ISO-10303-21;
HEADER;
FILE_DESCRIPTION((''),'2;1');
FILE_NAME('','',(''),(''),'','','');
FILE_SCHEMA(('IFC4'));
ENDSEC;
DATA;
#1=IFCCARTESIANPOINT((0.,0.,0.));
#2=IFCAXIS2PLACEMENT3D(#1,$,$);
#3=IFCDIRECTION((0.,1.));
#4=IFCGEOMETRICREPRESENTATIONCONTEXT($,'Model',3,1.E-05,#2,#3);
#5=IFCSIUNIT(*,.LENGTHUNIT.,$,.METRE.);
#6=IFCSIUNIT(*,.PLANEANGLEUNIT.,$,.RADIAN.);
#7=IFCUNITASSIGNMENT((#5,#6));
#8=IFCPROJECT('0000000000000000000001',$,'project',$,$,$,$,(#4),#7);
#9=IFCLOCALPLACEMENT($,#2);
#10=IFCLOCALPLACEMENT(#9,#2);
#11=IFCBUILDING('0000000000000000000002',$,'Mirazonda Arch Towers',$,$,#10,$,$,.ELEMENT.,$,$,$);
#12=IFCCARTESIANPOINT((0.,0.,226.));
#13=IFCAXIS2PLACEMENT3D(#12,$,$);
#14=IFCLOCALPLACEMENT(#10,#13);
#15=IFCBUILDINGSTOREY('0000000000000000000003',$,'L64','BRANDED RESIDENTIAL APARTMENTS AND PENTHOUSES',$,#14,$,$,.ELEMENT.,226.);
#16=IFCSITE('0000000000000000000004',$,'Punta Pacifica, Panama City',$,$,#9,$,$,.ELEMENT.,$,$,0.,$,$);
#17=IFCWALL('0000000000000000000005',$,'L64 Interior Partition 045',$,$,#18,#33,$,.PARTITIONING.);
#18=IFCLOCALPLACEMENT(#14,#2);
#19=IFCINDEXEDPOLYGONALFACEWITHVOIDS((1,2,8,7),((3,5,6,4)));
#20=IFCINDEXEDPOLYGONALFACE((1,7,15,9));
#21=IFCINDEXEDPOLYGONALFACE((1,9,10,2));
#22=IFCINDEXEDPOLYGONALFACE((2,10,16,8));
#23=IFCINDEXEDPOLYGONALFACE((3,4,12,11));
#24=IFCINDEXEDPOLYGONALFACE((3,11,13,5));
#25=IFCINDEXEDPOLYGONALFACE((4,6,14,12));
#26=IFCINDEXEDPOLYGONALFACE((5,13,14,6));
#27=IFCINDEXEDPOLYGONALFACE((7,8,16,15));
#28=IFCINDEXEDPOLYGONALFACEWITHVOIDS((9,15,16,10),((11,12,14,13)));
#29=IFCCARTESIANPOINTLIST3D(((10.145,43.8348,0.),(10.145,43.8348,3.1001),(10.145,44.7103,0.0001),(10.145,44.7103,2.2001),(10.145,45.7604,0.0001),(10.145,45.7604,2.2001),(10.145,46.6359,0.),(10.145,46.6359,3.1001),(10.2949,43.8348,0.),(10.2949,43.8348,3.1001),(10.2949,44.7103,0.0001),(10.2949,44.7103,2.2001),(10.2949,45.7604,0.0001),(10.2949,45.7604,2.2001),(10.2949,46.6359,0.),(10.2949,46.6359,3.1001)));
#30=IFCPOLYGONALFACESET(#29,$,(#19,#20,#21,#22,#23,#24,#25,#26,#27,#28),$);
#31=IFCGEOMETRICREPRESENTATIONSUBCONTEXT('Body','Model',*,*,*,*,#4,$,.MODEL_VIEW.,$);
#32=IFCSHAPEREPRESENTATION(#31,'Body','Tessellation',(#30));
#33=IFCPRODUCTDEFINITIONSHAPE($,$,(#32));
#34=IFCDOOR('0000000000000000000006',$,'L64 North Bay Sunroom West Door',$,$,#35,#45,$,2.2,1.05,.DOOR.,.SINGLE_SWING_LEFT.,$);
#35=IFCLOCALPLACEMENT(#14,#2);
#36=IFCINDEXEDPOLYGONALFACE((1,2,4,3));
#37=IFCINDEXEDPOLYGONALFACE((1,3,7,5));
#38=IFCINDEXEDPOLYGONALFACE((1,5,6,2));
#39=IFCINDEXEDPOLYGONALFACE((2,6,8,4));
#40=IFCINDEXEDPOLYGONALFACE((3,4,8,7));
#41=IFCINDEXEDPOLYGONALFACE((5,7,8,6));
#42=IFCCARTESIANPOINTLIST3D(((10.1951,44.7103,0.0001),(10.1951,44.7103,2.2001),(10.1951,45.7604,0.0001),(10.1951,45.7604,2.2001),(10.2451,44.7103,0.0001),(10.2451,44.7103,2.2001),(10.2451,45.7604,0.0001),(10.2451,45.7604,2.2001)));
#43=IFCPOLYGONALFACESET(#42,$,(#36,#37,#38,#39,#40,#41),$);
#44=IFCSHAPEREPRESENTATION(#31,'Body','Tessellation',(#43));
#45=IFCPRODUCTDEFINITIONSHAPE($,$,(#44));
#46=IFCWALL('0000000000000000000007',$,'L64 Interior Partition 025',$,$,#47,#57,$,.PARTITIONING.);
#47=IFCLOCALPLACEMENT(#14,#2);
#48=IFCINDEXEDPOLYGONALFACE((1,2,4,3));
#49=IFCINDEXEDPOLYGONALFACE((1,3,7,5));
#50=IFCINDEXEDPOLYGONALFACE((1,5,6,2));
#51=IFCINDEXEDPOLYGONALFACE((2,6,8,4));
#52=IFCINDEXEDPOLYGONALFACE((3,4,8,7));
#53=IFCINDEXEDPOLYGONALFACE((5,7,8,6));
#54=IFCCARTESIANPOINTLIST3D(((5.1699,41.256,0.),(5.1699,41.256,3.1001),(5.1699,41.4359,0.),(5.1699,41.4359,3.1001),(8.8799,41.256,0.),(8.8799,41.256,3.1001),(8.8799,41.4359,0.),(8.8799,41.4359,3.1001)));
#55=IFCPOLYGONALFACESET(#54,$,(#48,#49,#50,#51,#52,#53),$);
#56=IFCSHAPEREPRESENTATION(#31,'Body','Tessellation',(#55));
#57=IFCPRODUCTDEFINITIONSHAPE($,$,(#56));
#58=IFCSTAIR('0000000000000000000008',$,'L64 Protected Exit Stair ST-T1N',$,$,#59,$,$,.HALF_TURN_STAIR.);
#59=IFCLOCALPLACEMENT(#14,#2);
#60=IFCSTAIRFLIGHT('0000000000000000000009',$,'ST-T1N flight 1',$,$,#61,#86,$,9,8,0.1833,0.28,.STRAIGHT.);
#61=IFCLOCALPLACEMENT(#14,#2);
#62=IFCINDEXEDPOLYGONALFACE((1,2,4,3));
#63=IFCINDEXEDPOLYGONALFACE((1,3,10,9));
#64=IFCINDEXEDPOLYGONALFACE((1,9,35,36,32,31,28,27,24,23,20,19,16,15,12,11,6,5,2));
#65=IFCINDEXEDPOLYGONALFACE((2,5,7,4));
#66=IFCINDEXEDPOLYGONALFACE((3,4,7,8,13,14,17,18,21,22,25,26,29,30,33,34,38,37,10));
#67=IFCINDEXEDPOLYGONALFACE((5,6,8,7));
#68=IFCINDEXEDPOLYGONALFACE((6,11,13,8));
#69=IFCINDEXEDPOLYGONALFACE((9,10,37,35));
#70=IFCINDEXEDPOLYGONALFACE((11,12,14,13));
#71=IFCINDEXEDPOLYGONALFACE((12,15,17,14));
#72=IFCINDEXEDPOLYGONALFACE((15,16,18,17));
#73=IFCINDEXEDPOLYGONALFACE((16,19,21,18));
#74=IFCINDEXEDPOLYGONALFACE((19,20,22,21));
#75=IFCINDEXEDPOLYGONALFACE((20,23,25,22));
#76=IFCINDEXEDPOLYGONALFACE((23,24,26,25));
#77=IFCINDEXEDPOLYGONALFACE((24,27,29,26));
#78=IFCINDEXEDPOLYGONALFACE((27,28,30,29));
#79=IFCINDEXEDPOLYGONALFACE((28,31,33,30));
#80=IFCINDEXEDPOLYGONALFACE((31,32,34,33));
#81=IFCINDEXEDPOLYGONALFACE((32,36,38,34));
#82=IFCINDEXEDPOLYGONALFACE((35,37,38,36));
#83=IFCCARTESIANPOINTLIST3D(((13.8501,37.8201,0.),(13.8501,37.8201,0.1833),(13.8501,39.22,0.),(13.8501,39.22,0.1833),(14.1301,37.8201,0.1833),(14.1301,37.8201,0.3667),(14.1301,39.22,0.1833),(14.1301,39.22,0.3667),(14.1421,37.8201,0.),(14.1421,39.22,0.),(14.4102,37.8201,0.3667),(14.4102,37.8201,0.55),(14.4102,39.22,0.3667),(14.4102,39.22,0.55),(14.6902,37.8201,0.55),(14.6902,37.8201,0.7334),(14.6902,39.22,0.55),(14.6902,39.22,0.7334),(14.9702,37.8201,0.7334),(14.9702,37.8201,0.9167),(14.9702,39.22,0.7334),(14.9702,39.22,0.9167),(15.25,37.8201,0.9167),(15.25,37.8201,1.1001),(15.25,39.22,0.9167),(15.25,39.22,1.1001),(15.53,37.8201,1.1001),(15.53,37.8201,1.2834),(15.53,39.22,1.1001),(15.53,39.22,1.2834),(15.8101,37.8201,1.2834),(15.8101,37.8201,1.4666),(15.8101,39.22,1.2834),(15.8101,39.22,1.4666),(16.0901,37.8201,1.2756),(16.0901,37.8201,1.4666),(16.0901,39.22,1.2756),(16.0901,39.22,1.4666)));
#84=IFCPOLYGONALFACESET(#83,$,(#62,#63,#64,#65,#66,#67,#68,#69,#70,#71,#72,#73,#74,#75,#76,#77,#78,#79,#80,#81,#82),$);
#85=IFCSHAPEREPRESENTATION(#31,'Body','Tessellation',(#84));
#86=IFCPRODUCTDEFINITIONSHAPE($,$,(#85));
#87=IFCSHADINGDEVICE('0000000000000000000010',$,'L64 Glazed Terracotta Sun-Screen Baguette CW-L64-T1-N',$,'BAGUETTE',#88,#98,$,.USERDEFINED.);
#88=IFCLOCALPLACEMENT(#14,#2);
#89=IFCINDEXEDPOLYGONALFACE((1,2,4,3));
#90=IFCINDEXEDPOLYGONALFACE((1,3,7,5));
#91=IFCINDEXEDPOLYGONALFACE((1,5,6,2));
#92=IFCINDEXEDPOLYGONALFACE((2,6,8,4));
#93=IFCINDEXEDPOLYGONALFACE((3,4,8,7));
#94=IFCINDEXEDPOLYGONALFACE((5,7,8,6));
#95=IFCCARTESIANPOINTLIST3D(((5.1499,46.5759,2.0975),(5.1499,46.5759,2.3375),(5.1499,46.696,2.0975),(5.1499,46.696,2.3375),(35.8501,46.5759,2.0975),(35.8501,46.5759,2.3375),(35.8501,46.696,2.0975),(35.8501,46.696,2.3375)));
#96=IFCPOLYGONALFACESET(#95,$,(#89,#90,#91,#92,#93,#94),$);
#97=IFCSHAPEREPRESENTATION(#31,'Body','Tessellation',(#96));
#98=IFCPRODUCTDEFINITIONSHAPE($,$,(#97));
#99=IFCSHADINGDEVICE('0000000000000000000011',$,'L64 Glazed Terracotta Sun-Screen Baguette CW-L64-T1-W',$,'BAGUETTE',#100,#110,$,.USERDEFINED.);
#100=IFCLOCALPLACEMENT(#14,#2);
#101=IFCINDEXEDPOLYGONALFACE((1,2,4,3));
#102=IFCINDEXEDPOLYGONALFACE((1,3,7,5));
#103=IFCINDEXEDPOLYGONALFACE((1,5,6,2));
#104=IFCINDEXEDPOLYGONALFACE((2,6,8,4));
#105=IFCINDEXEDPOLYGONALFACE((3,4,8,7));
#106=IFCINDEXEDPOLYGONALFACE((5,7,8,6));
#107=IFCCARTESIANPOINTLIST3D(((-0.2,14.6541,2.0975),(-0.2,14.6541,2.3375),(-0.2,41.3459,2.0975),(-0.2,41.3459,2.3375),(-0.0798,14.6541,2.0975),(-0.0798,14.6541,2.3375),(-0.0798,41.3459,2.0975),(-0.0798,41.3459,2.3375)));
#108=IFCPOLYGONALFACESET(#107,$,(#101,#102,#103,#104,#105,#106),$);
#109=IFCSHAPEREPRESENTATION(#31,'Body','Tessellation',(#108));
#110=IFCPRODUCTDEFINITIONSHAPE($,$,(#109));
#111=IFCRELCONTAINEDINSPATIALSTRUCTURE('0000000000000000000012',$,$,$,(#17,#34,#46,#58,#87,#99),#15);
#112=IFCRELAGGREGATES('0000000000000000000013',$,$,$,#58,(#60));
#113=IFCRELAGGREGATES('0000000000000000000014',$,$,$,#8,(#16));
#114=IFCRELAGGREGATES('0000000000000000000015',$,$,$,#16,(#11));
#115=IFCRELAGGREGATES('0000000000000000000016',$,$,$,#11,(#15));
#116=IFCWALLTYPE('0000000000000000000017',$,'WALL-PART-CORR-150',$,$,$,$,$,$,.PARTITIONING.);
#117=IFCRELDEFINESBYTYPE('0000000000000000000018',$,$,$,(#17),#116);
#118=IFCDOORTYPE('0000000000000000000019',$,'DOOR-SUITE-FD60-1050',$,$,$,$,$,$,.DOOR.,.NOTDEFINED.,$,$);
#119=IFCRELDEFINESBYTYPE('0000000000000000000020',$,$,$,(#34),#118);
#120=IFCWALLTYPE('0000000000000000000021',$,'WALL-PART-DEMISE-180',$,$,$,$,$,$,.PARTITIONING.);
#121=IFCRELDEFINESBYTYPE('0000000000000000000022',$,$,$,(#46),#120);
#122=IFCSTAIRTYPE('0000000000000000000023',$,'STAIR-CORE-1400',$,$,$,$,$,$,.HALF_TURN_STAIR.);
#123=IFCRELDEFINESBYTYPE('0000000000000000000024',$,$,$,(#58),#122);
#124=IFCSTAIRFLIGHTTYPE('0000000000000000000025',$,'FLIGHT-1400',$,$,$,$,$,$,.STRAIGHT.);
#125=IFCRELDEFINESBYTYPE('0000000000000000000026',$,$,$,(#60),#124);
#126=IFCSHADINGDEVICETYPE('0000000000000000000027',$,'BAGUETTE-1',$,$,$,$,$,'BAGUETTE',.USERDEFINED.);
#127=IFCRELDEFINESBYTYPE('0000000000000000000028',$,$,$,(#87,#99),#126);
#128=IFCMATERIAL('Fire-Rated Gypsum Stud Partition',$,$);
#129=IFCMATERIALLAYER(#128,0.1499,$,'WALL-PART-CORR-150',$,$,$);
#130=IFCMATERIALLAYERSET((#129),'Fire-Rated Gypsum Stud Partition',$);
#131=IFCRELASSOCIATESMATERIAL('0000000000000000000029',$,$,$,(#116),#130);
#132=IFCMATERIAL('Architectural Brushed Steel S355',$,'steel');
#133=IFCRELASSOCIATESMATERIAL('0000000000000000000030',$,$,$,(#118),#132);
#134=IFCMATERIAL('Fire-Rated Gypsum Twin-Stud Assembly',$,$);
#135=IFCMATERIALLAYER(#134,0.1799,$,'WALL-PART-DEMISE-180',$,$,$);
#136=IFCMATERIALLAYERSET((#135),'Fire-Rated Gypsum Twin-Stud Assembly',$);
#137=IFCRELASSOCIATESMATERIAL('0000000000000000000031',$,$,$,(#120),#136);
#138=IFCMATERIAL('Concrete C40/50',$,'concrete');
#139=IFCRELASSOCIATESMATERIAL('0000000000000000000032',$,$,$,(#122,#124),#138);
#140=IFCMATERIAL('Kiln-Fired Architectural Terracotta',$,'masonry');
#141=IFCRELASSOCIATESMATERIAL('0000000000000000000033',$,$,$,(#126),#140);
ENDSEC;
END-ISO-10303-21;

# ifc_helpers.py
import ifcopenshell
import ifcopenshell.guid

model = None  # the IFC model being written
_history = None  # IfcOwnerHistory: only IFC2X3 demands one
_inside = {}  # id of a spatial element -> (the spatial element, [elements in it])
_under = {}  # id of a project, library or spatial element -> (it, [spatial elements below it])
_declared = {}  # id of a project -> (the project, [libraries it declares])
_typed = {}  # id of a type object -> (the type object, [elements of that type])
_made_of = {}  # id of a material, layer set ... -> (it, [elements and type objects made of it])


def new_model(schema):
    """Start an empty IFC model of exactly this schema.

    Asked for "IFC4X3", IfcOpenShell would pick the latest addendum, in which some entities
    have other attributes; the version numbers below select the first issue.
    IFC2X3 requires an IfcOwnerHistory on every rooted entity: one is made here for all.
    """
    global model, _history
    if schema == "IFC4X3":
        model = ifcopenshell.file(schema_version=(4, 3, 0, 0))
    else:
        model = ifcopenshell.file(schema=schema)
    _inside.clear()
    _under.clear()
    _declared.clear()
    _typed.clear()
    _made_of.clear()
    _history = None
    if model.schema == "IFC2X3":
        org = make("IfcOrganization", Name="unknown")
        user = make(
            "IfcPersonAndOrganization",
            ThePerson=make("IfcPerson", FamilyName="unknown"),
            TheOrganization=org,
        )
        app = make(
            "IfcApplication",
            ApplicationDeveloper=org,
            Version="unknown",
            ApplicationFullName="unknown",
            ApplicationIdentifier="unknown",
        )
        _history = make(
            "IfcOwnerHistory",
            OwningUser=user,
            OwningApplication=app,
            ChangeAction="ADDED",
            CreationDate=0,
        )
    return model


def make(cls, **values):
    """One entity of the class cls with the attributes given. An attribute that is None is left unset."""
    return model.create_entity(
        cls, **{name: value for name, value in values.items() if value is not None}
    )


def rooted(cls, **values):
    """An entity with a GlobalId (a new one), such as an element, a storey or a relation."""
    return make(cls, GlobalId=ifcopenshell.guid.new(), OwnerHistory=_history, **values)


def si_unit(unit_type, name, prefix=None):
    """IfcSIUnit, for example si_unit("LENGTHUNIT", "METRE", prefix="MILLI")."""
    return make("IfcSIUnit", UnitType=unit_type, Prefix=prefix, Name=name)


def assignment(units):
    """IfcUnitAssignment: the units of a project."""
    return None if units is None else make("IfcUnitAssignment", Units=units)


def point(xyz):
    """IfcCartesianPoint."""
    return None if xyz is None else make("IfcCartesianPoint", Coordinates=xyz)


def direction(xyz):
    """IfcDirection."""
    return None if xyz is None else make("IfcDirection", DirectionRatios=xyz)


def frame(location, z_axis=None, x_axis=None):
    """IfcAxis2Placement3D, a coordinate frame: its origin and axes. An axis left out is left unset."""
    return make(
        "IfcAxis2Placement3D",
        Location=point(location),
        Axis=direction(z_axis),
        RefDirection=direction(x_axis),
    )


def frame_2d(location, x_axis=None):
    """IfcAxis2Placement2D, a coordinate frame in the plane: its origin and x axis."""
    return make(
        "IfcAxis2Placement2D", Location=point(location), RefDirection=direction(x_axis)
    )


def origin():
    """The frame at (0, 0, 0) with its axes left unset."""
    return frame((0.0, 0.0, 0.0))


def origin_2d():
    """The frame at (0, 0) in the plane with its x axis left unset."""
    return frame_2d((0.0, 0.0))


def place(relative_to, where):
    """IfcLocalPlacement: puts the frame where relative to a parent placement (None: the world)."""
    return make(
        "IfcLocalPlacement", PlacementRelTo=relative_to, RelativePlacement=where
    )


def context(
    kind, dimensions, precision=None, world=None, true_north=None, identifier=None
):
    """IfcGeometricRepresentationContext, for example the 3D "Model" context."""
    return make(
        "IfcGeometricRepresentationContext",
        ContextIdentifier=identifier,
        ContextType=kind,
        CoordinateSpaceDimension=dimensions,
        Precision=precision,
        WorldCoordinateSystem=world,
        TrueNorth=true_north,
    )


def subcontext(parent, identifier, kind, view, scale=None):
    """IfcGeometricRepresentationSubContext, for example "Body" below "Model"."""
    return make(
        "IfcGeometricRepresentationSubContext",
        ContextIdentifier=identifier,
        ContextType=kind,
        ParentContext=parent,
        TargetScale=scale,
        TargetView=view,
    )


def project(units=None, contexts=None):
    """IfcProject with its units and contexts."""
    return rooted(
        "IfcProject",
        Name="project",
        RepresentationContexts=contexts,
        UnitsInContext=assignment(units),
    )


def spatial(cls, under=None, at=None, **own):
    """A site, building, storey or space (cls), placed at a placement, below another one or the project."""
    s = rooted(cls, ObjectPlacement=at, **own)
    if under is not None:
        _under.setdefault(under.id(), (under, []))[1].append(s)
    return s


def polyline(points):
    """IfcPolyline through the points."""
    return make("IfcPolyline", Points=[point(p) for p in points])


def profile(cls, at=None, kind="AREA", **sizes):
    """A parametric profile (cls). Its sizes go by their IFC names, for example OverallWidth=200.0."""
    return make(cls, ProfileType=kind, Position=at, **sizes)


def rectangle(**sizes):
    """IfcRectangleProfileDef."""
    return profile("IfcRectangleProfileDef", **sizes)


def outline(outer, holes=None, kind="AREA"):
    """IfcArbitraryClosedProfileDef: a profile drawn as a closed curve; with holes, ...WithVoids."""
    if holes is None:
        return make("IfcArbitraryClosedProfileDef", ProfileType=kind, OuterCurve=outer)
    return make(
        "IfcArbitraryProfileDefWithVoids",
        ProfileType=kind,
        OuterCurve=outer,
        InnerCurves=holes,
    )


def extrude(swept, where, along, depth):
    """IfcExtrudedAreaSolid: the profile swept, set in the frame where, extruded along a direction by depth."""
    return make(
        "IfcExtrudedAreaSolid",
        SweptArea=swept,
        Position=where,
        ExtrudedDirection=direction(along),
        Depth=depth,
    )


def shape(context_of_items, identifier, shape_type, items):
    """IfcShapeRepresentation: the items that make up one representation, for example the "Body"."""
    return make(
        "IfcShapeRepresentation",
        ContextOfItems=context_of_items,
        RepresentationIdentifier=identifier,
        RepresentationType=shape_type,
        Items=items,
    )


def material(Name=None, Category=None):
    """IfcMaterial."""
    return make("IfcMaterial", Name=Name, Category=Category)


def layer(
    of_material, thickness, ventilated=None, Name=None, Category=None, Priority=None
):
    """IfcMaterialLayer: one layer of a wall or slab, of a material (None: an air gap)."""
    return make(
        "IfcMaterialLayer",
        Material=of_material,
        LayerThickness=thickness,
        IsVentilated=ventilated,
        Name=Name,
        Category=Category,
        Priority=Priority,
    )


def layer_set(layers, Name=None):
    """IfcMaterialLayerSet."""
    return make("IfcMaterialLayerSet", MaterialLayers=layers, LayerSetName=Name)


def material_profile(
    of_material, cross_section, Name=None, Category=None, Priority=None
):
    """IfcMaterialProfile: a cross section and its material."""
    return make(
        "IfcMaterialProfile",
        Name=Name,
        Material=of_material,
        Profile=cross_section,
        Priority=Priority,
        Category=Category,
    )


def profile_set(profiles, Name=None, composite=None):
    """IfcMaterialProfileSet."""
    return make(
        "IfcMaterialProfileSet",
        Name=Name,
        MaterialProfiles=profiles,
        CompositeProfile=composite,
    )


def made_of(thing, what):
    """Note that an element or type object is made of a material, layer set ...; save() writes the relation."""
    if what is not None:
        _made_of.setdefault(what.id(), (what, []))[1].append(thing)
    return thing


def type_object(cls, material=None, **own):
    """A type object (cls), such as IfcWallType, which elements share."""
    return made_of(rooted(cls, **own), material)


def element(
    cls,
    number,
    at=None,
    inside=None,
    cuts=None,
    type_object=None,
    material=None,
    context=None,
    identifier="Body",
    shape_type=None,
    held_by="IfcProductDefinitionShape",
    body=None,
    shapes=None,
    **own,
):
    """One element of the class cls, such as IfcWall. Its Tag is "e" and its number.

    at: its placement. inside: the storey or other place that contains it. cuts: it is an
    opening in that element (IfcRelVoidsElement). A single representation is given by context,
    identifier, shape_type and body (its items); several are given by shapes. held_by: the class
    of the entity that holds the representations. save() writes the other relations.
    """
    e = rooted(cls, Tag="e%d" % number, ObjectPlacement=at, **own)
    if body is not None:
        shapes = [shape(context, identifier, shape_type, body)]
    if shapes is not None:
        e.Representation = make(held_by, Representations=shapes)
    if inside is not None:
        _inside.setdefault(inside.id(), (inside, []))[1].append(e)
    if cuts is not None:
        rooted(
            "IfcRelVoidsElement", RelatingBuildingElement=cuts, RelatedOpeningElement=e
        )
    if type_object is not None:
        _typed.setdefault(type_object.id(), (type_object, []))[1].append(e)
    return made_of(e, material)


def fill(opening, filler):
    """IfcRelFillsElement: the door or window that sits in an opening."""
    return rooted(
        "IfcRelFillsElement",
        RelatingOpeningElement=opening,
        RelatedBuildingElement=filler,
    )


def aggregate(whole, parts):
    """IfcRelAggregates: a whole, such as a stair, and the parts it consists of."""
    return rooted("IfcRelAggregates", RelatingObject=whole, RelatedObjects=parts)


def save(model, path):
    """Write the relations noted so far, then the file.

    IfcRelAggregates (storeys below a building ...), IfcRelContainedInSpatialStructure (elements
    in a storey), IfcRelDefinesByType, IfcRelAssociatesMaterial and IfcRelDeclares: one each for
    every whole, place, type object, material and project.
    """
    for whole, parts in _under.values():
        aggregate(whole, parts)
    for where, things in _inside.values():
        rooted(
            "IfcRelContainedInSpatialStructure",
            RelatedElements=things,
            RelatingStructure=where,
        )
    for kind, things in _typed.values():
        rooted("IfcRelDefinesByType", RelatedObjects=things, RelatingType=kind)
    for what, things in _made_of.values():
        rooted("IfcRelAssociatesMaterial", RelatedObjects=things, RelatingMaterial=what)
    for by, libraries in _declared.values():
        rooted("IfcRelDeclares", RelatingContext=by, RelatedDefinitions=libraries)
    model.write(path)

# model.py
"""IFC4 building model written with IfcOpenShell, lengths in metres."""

from ifc_helpers import new_model, si_unit, direction, frame, frame_2d, origin, origin_2d, place, context, subcontext, project, spatial, polyline, rectangle, outline, extrude, material, layer, layer_set, material_profile, profile_set, type_object, element, fill, aggregate, save


model = new_model("IFC4")

# Units and contexts
model_context = context("Model", 3, precision=1e-05, world=origin(), true_north=direction((0.0, 1.0)))
body_context = subcontext(model_context, "Body", "Model", "MODEL_VIEW")
ifc_project = project(units=[si_unit("LENGTHUNIT", "METRE"), si_unit("PLANEANGLEUNIT", "RADIAN")], contexts=[model_context])

# Site, building, storey
site_placement = place(None, origin())
site = spatial("IfcSite", under=ifc_project, at=site_placement, Name="Punta Pacifica, Panama City", CompositionType="ELEMENT", RefElevation=0.0)
building_placement = place(site_placement, origin())
building = spatial("IfcBuilding", under=site, at=building_placement, Name="Mirazonda Arch Towers", CompositionType="ELEMENT")
storey_placement = place(building_placement, frame((0.0, 0.0, 226.0)))
storey = spatial("IfcBuildingStorey", under=building, at=storey_placement, Name="L64", Description="BRANDED RESIDENTIAL APARTMENTS AND PENTHOUSES", CompositionType="ELEMENT", Elevation=226.0)

# Shared definitions
ifc_material_1 = material(Name="Fire-Rated Gypsum Stud Partition")
ifc_layer_1 = layer(ifc_material_1, 0.1499, Name="WALL-PART-CORR-150")
ifc_layer_set_1 = layer_set([ifc_layer_1], Name="Fire-Rated Gypsum Stud Partition")
wall_type_1 = type_object("IfcWallType", Name="WALL-PART-CORR-150", PredefinedType="PARTITIONING", material=ifc_layer_set_1)

# Wall, opening, door
wall_1_placement = place(storey_placement, frame((10.22, 43.835, 0.0), z_axis=(0.0, 0.0, 1.0), x_axis=(0.0, 1.0, 0.0)))
wall_1 = element("IfcWall", 1, at=wall_1_placement, inside=storey, type_object=wall_type_1, Name="L64 Interior Partition 045", PredefinedType="PARTITIONING", context=body_context, shape_type="SweptSolid", body=[
    extrude(rectangle(XDim=2.801, YDim=0.1499, at=frame_2d((1.4004, 0.0))), origin(), (0.0, 0.0, 1.0), 3.1001),
])
opening_1_placement = place(wall_1_placement, frame((0.8755, 0.0, 0.0)))
opening_1 = element("IfcOpeningElement", 2, at=opening_1_placement, cuts=wall_1, PredefinedType="OPENING", context=body_context, shape_type="SweptSolid", body=[
    extrude(rectangle(XDim=1.05, YDim=2.2, at=frame_2d((0.5249, 1.1001))), frame((0.0, 0.085, 0.0), z_axis=(0.0, -1.0, 0.0), x_axis=(1.0, 0.0, 0.0)), (0.0, 0.0, 1.0), 0.1699),
])
ifc_material_2 = material(Name="Architectural Brushed Steel S355", Category="steel")
door_type_1 = type_object("IfcDoorType", Name="DOOR-SUITE-FD60-1050", OperationType="NOTDEFINED", PredefinedType="DOOR", material=ifc_material_2)
door_1_placement = place(opening_1_placement, origin())
door_1 = element("IfcDoor", 3, at=door_1_placement, inside=storey, type_object=door_type_1, Name="L64 North Bay Sunroom West Door", OperationType="SINGLE_SWING_LEFT", OverallHeight=2.2, OverallWidth=1.05, PredefinedType="DOOR", context=body_context, shape_type="SweptSolid", body=[
    extrude(rectangle(XDim=1.05, YDim=2.2, at=frame_2d((0.5249, 1.1001))), frame((0.0, 0.0249, 0.0), z_axis=(0.0, -1.0, 0.0), x_axis=(1.0, 0.0, 0.0)), (0.0, 0.0, 1.0), 0.05),
])
fill(opening_1, door_1)

# Wall
ifc_material_3 = material(Name="Fire-Rated Gypsum Twin-Stud Assembly")
ifc_layer_2 = layer(ifc_material_3, 0.1799, Name="WALL-PART-DEMISE-180")
ifc_layer_set_2 = layer_set([ifc_layer_2], Name="Fire-Rated Gypsum Twin-Stud Assembly")
wall_type_2 = type_object("IfcWallType", Name="WALL-PART-DEMISE-180", PredefinedType="PARTITIONING", material=ifc_layer_set_2)
wall_2_placement = place(storey_placement, frame((5.1699, 41.3459, 0.0), z_axis=(0.0, 0.0, 1.0), x_axis=(1.0, 0.0, 0.0)))
element("IfcWall", 4, at=wall_2_placement, inside=storey, type_object=wall_type_2, Name="L64 Interior Partition 025", PredefinedType="PARTITIONING", context=body_context, shape_type="SweptSolid", body=[
    extrude(rectangle(XDim=3.71, YDim=0.1799, at=frame_2d((1.855, 0.0))), origin(), (0.0, 0.0, 1.0), 3.1001),
])

# Stair, stair flight
ifc_material_4 = material(Name="Concrete C40/50", Category="concrete")
stair_type = type_object("IfcStairType", Name="STAIR-CORE-1400", PredefinedType="HALF_TURN_STAIR", material=ifc_material_4)
stair_placement = place(storey_placement, origin())
stair = element("IfcStair", 5, at=stair_placement, inside=storey, type_object=stair_type, Name="L64 Protected Exit Stair ST-T1N", PredefinedType="HALF_TURN_STAIR")
stair_flight_type = type_object("IfcStairFlightType", Name="FLIGHT-1400", PredefinedType="STRAIGHT", material=ifc_material_4)
stair_flight_placement = place(storey_placement, frame((13.8501, 38.52, 0.0), z_axis=(0.0, 0.0, 1.0), x_axis=(1.0, 0.0, 0.0)))
stair_flight = element("IfcStairFlight", 6, at=stair_flight_placement, type_object=stair_flight_type, Name="ST-T1N flight 1", NumberOfRisers=9, NumberOfTreads=8, PredefinedType="STRAIGHT", RiserHeight=0.1833, TreadLength=0.28, context=body_context, shape_type="SweptSolid", body=[
    extrude(outline(polyline([(0.0, 0.0), (0.0, 0.1833), (0.28, 0.1833), (0.28, 0.3667), (0.5601, 0.3667), (0.5601, 0.55), (0.8401, 0.55), (0.8401, 0.7334), (1.1201, 0.7334), (1.1201, 0.9167), (1.3999, 0.9167), (1.3999, 1.1001), (1.6799, 1.1001), (1.6799, 1.2834), (1.96, 1.2834), (1.96, 1.4666), (2.24, 1.4666), (2.24, 1.6499), (2.24, 1.2756), (0.292, 0.0), (0.0, 0.0)])), frame((0.0, 0.7, 0.0), z_axis=(0.0, -1.0, 0.0), x_axis=(1.0, 0.0, 0.0)), (0.0, 0.0, 1.0), 1.3999),
])
aggregate(stair, [stair_flight])

# Shading devices
ifc_material_5 = material(Name="Kiln-Fired Architectural Terracotta", Category="masonry")
ifc_material_profile_1 = material_profile(ifc_material_5, rectangle(XDim=0.1201, YDim=0.24, at=origin_2d()), Name="TERRA-BAG-120x240")
ifc_profile_set_1 = profile_set([ifc_material_profile_1], Name="Kiln-Fired Architectural Terracotta")
shading_device_type = type_object("IfcShadingDeviceType", Name="BAGUETTE-1", ElementType="BAGUETTE", PredefinedType="USERDEFINED", material=ifc_profile_set_1)
shading_device_1_placement = place(storey_placement, frame((5.1499, 46.636, 2.2175), z_axis=(1.0, 0.0, 0.0), x_axis=(0.0, 1.0, 0.0)))
element("IfcShadingDevice", 7, at=shading_device_1_placement, inside=storey, type_object=shading_device_type, Name="L64 Glazed Terracotta Sun-Screen Baguette CW-L64-T1-N", ObjectType="BAGUETTE", PredefinedType="USERDEFINED", context=body_context, shape_type="SweptSolid", body=[
    extrude(rectangle(XDim=0.1201, YDim=0.24, at=origin_2d()), origin(), (0.0, 0.0, 1.0), 30.7002),
])
shading_device_2_placement = place(storey_placement, frame((-0.1399, 41.3459, 2.2175), z_axis=(0.0, -1.0, 0.0), x_axis=(1.0, 0.0, 0.0)))
element("IfcShadingDevice", 8, at=shading_device_2_placement, inside=storey, type_object=shading_device_type, Name="L64 Glazed Terracotta Sun-Screen Baguette CW-L64-T1-W", ObjectType="BAGUETTE", PredefinedType="USERDEFINED", context=body_context, shape_type="SweptSolid", body=[
    extrude(rectangle(XDim=0.1201, YDim=0.24, at=origin_2d()), origin(), (0.0, 0.0, 1.0), 26.6919),
])

save(model, "model.ifc")
